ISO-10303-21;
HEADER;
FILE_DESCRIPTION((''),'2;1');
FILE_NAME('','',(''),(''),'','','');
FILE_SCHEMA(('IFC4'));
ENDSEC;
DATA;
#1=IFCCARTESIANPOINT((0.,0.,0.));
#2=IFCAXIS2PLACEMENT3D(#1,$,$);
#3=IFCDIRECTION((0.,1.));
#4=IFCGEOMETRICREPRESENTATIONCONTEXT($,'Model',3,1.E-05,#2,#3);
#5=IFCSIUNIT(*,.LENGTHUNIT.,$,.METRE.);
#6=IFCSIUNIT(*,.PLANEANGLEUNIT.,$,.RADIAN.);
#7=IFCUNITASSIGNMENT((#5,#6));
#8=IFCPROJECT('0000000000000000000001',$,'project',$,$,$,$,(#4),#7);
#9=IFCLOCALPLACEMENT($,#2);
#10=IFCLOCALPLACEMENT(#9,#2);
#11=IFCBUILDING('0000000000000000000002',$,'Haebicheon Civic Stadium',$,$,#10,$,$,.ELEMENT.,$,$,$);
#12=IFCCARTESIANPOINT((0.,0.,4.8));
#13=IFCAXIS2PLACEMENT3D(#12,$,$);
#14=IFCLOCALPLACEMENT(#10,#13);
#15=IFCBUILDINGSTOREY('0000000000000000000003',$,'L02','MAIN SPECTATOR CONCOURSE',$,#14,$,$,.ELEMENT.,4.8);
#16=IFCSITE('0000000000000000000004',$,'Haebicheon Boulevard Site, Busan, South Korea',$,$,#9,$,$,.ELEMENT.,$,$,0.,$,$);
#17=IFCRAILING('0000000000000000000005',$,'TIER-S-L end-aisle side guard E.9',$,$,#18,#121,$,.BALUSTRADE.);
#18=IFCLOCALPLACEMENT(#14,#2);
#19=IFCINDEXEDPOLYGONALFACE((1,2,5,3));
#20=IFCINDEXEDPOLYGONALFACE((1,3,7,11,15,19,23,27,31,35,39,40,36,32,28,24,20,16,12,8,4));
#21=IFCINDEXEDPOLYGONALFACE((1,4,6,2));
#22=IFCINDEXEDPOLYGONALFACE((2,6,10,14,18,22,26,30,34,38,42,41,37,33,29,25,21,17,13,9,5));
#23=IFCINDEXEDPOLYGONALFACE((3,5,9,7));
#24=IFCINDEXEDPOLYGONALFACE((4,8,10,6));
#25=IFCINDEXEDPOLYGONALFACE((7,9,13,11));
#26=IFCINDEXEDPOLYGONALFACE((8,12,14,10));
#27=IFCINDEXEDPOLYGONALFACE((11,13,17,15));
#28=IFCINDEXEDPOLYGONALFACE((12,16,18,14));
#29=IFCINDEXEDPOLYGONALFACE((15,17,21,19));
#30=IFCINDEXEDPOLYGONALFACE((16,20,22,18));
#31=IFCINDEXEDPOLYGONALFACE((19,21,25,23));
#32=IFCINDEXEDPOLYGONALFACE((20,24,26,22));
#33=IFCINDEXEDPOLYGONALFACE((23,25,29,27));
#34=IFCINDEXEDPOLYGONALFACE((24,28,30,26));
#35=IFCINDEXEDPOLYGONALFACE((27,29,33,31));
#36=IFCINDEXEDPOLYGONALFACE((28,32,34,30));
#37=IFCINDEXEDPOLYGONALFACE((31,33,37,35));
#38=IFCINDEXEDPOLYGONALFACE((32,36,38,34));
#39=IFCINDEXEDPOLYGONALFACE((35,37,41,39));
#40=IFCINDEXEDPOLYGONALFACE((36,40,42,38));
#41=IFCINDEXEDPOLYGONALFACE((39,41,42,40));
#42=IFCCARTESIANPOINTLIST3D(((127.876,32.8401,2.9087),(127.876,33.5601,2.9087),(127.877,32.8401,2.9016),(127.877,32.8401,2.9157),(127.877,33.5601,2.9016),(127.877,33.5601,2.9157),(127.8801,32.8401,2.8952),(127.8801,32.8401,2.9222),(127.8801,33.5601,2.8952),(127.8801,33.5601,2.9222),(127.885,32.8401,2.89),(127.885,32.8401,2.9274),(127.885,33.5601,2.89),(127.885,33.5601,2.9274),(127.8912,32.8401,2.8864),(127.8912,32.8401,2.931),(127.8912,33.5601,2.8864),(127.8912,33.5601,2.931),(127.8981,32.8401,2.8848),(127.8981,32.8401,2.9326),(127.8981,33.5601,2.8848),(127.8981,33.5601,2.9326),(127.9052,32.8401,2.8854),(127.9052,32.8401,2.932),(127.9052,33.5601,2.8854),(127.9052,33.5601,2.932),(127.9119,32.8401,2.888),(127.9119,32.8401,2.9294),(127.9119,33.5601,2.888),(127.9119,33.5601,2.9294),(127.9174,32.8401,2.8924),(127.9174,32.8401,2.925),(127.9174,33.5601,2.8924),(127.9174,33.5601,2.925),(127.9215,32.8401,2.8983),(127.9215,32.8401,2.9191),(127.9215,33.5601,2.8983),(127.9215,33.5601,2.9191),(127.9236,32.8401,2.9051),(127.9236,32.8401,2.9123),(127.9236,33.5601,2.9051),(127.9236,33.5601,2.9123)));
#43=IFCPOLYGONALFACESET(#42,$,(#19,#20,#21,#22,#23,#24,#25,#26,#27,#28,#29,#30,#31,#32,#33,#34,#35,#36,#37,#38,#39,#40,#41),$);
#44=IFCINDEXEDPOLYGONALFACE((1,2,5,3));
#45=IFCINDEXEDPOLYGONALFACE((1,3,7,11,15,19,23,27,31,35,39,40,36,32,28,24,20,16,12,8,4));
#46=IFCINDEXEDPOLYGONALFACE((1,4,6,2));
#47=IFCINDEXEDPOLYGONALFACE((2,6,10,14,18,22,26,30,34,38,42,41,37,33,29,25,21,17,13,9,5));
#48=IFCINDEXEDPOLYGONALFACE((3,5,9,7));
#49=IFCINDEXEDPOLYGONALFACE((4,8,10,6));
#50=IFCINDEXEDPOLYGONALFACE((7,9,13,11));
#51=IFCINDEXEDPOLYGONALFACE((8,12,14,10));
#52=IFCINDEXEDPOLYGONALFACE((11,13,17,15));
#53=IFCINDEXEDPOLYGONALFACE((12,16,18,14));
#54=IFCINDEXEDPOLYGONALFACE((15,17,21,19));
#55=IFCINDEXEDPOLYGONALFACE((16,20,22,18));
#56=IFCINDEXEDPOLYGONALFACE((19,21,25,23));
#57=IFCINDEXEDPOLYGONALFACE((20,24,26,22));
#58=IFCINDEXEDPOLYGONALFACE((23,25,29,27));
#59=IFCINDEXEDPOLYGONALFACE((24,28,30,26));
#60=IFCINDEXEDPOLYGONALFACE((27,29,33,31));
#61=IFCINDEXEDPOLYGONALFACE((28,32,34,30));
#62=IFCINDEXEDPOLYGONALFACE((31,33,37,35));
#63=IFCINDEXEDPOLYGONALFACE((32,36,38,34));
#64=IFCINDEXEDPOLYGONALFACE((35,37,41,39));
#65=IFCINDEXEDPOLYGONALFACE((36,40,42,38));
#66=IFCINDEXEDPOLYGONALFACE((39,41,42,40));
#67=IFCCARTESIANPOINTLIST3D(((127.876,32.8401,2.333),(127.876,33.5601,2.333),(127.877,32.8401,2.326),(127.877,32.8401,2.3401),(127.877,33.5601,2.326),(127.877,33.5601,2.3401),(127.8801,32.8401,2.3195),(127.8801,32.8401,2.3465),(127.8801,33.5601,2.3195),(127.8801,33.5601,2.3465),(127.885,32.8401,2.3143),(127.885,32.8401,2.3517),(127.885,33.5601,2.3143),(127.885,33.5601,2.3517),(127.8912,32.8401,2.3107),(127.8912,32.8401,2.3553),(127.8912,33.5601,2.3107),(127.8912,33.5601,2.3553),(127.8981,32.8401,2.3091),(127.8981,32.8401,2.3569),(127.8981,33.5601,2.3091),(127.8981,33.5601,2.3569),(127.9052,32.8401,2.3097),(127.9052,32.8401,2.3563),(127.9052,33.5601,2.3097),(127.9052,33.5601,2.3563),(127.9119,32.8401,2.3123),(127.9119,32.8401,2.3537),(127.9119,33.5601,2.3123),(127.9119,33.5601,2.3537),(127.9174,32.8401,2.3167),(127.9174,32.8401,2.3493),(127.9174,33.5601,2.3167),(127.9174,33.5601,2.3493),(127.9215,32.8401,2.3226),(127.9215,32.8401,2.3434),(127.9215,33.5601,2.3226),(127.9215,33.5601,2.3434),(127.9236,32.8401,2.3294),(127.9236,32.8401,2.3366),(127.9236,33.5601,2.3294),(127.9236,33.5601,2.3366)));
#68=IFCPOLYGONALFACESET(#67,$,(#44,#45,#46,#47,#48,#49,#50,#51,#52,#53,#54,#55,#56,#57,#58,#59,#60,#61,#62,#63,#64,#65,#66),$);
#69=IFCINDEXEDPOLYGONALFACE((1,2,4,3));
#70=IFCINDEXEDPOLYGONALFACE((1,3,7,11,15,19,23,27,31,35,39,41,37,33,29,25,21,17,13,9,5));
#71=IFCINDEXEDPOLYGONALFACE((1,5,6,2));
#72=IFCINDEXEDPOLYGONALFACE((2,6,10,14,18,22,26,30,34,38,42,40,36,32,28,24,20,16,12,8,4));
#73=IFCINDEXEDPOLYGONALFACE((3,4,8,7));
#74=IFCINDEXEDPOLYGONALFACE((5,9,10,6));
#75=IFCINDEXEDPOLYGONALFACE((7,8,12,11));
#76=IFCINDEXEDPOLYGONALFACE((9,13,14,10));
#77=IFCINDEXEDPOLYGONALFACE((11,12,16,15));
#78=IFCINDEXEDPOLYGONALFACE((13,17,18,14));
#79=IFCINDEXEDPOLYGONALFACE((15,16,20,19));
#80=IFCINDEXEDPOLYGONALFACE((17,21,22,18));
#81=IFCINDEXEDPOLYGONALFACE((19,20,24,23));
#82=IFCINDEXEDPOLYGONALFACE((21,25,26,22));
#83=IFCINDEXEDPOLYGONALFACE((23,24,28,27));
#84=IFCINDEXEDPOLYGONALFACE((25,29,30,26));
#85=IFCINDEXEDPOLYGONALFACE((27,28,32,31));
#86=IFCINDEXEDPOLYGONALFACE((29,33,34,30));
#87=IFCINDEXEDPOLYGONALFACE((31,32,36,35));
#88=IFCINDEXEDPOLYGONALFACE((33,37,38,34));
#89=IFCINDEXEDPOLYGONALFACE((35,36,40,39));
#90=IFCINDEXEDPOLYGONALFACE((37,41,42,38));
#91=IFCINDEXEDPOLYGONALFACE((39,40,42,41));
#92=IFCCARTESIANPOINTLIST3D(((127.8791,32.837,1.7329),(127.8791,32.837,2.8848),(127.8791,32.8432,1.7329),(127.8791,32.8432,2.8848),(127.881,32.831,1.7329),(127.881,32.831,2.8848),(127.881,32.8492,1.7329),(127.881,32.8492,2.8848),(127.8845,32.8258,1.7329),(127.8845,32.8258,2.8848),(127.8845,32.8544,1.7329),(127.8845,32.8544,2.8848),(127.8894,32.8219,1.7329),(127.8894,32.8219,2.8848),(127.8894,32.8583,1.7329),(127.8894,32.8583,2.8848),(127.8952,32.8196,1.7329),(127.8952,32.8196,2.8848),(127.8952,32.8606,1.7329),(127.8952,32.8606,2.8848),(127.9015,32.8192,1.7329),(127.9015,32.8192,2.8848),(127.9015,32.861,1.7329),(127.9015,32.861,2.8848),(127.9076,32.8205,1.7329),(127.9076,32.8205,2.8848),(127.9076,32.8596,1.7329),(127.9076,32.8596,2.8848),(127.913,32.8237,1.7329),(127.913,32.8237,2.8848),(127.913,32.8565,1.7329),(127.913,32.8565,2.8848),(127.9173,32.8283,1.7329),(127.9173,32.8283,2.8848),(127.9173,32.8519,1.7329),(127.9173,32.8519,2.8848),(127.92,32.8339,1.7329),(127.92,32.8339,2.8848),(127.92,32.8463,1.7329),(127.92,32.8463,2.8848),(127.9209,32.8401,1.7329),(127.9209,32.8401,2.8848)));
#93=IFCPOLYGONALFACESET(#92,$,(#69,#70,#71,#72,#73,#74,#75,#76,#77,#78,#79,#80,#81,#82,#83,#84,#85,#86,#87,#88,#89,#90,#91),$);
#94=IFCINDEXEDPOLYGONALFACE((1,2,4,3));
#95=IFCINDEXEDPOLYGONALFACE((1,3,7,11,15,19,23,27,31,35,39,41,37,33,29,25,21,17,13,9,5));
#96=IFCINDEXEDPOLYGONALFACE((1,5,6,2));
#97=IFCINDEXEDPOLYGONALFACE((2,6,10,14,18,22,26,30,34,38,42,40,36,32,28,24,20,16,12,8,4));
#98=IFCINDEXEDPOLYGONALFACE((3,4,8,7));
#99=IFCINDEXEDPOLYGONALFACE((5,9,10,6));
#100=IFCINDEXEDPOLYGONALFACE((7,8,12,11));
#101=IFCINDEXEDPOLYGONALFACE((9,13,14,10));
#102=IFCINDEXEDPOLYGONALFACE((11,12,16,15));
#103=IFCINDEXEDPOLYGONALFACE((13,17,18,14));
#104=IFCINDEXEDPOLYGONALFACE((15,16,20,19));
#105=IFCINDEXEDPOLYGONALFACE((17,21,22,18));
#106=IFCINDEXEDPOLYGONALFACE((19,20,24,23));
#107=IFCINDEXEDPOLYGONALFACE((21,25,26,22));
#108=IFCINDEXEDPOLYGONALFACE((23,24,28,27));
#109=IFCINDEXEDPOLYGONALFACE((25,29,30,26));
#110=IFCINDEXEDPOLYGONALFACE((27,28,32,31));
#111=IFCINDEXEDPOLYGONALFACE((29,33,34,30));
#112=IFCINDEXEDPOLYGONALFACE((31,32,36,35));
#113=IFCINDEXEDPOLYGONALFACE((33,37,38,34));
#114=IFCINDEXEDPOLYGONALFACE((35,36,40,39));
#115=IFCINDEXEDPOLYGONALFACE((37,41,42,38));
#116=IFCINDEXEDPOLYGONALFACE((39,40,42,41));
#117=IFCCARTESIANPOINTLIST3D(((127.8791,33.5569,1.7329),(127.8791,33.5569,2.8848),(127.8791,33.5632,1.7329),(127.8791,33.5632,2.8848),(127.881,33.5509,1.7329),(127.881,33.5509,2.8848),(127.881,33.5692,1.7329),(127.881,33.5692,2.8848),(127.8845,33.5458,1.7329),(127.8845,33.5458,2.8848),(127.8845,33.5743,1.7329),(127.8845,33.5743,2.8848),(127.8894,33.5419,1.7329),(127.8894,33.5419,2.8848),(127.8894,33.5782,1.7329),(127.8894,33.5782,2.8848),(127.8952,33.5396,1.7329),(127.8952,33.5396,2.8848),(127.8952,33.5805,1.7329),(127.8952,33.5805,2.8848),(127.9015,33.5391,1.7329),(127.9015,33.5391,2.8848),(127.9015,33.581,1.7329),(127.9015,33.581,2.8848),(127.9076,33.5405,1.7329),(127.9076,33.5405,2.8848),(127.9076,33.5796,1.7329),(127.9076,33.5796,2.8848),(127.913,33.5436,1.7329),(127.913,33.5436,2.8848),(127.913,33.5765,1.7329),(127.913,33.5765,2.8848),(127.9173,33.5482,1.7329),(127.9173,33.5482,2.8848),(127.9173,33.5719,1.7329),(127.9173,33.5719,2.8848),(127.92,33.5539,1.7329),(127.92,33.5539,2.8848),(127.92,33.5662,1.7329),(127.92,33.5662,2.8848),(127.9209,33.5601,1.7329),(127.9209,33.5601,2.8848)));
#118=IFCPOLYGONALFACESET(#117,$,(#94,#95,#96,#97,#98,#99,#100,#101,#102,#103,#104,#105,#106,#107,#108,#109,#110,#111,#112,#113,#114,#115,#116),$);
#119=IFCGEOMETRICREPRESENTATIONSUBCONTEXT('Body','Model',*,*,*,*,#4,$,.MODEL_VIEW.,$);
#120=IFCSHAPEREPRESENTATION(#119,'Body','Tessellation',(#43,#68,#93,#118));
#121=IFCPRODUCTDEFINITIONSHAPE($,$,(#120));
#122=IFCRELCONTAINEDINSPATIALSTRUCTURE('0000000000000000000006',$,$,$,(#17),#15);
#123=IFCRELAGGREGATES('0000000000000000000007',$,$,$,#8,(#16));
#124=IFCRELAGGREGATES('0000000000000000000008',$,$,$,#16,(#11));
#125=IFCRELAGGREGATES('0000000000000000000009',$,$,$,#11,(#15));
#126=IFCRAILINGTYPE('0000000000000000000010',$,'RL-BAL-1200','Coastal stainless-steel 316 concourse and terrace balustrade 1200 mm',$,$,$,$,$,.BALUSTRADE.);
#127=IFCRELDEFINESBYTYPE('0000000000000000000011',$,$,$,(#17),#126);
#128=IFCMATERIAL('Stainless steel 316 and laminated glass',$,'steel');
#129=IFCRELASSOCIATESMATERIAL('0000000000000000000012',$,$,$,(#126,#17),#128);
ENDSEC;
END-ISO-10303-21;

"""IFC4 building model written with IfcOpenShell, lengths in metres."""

from ifc_helpers import new_model, si_unit, direction, frame, origin, origin_2d, place, context, subcontext, project, spatial, circle, extrude, material, type_object, element, save


model = new_model("IFC4")

# Units and contexts
model_context = context("Model", 3, precision=1e-05, world=origin(), true_north=direction((0.0, 1.0)))
body_context = subcontext(model_context, "Body", "Model", "MODEL_VIEW")
ifc_project = project(units=[si_unit("LENGTHUNIT", "METRE"), si_unit("PLANEANGLEUNIT", "RADIAN")], contexts=[model_context])

# Site, building, storey
site_placement = place(None, origin())
site = spatial("IfcSite", under=ifc_project, at=site_placement, Name="Haebicheon Boulevard Site, Busan, South Korea", CompositionType="ELEMENT", RefElevation=0.0)
building_placement = place(site_placement, origin())
building = spatial("IfcBuilding", under=site, at=building_placement, Name="Haebicheon Civic Stadium", CompositionType="ELEMENT")
storey_placement = place(building_placement, frame((0.0, 0.0, 4.8)))
storey = spatial("IfcBuildingStorey", under=building, at=storey_placement, Name="L02", Description="MAIN SPECTATOR CONCOURSE", CompositionType="ELEMENT", Elevation=4.8)

# Railing
ifc_material_1 = material(Name="Stainless steel 316 and laminated glass", Category="steel")
railing_type = type_object("IfcRailingType", Name="RL-BAL-1200", Description="Coastal stainless-steel 316 concourse and terrace balustrade 1200 mm", PredefinedType="BALUSTRADE", material=ifc_material_1)
for number, where, name in (
    (1, (127.8999, 32.8401, 1.7329), "TIER-S-L end-aisle side guard E.9"),
):
    element("IfcRailing", number, at=place(storey_placement, frame(where)), inside=storey, type_object=railing_type, material=ifc_material_1, Name=name, PredefinedType="BALUSTRADE", context=body_context, shape_type="SweptSolid", body=[
        extrude(circle(Radius=0.0239, at=origin_2d()), frame((0.0, 0.0, 1.1758), z_axis=(0.0, 1.0, 0.0), x_axis=(-1.0, 0.0, 0.0)), (0.0, 0.0, 1.0), 0.72),
        extrude(circle(Radius=0.0239, at=origin_2d()), frame((0.0, 0.0, 0.6001), z_axis=(0.0, 1.0, 0.0), x_axis=(-1.0, 0.0, 0.0)), (0.0, 0.0, 1.0), 0.72),
        extrude(circle(Radius=0.021, at=origin_2d()), origin(), (0.0, 0.0, 1.0), 1.1519),
        extrude(circle(Radius=0.021, at=origin_2d()), frame((0.0, 0.72, 0.0)), (0.0, 0.0, 1.0), 1.1519),
    ])

save(model, "model.ifc")
